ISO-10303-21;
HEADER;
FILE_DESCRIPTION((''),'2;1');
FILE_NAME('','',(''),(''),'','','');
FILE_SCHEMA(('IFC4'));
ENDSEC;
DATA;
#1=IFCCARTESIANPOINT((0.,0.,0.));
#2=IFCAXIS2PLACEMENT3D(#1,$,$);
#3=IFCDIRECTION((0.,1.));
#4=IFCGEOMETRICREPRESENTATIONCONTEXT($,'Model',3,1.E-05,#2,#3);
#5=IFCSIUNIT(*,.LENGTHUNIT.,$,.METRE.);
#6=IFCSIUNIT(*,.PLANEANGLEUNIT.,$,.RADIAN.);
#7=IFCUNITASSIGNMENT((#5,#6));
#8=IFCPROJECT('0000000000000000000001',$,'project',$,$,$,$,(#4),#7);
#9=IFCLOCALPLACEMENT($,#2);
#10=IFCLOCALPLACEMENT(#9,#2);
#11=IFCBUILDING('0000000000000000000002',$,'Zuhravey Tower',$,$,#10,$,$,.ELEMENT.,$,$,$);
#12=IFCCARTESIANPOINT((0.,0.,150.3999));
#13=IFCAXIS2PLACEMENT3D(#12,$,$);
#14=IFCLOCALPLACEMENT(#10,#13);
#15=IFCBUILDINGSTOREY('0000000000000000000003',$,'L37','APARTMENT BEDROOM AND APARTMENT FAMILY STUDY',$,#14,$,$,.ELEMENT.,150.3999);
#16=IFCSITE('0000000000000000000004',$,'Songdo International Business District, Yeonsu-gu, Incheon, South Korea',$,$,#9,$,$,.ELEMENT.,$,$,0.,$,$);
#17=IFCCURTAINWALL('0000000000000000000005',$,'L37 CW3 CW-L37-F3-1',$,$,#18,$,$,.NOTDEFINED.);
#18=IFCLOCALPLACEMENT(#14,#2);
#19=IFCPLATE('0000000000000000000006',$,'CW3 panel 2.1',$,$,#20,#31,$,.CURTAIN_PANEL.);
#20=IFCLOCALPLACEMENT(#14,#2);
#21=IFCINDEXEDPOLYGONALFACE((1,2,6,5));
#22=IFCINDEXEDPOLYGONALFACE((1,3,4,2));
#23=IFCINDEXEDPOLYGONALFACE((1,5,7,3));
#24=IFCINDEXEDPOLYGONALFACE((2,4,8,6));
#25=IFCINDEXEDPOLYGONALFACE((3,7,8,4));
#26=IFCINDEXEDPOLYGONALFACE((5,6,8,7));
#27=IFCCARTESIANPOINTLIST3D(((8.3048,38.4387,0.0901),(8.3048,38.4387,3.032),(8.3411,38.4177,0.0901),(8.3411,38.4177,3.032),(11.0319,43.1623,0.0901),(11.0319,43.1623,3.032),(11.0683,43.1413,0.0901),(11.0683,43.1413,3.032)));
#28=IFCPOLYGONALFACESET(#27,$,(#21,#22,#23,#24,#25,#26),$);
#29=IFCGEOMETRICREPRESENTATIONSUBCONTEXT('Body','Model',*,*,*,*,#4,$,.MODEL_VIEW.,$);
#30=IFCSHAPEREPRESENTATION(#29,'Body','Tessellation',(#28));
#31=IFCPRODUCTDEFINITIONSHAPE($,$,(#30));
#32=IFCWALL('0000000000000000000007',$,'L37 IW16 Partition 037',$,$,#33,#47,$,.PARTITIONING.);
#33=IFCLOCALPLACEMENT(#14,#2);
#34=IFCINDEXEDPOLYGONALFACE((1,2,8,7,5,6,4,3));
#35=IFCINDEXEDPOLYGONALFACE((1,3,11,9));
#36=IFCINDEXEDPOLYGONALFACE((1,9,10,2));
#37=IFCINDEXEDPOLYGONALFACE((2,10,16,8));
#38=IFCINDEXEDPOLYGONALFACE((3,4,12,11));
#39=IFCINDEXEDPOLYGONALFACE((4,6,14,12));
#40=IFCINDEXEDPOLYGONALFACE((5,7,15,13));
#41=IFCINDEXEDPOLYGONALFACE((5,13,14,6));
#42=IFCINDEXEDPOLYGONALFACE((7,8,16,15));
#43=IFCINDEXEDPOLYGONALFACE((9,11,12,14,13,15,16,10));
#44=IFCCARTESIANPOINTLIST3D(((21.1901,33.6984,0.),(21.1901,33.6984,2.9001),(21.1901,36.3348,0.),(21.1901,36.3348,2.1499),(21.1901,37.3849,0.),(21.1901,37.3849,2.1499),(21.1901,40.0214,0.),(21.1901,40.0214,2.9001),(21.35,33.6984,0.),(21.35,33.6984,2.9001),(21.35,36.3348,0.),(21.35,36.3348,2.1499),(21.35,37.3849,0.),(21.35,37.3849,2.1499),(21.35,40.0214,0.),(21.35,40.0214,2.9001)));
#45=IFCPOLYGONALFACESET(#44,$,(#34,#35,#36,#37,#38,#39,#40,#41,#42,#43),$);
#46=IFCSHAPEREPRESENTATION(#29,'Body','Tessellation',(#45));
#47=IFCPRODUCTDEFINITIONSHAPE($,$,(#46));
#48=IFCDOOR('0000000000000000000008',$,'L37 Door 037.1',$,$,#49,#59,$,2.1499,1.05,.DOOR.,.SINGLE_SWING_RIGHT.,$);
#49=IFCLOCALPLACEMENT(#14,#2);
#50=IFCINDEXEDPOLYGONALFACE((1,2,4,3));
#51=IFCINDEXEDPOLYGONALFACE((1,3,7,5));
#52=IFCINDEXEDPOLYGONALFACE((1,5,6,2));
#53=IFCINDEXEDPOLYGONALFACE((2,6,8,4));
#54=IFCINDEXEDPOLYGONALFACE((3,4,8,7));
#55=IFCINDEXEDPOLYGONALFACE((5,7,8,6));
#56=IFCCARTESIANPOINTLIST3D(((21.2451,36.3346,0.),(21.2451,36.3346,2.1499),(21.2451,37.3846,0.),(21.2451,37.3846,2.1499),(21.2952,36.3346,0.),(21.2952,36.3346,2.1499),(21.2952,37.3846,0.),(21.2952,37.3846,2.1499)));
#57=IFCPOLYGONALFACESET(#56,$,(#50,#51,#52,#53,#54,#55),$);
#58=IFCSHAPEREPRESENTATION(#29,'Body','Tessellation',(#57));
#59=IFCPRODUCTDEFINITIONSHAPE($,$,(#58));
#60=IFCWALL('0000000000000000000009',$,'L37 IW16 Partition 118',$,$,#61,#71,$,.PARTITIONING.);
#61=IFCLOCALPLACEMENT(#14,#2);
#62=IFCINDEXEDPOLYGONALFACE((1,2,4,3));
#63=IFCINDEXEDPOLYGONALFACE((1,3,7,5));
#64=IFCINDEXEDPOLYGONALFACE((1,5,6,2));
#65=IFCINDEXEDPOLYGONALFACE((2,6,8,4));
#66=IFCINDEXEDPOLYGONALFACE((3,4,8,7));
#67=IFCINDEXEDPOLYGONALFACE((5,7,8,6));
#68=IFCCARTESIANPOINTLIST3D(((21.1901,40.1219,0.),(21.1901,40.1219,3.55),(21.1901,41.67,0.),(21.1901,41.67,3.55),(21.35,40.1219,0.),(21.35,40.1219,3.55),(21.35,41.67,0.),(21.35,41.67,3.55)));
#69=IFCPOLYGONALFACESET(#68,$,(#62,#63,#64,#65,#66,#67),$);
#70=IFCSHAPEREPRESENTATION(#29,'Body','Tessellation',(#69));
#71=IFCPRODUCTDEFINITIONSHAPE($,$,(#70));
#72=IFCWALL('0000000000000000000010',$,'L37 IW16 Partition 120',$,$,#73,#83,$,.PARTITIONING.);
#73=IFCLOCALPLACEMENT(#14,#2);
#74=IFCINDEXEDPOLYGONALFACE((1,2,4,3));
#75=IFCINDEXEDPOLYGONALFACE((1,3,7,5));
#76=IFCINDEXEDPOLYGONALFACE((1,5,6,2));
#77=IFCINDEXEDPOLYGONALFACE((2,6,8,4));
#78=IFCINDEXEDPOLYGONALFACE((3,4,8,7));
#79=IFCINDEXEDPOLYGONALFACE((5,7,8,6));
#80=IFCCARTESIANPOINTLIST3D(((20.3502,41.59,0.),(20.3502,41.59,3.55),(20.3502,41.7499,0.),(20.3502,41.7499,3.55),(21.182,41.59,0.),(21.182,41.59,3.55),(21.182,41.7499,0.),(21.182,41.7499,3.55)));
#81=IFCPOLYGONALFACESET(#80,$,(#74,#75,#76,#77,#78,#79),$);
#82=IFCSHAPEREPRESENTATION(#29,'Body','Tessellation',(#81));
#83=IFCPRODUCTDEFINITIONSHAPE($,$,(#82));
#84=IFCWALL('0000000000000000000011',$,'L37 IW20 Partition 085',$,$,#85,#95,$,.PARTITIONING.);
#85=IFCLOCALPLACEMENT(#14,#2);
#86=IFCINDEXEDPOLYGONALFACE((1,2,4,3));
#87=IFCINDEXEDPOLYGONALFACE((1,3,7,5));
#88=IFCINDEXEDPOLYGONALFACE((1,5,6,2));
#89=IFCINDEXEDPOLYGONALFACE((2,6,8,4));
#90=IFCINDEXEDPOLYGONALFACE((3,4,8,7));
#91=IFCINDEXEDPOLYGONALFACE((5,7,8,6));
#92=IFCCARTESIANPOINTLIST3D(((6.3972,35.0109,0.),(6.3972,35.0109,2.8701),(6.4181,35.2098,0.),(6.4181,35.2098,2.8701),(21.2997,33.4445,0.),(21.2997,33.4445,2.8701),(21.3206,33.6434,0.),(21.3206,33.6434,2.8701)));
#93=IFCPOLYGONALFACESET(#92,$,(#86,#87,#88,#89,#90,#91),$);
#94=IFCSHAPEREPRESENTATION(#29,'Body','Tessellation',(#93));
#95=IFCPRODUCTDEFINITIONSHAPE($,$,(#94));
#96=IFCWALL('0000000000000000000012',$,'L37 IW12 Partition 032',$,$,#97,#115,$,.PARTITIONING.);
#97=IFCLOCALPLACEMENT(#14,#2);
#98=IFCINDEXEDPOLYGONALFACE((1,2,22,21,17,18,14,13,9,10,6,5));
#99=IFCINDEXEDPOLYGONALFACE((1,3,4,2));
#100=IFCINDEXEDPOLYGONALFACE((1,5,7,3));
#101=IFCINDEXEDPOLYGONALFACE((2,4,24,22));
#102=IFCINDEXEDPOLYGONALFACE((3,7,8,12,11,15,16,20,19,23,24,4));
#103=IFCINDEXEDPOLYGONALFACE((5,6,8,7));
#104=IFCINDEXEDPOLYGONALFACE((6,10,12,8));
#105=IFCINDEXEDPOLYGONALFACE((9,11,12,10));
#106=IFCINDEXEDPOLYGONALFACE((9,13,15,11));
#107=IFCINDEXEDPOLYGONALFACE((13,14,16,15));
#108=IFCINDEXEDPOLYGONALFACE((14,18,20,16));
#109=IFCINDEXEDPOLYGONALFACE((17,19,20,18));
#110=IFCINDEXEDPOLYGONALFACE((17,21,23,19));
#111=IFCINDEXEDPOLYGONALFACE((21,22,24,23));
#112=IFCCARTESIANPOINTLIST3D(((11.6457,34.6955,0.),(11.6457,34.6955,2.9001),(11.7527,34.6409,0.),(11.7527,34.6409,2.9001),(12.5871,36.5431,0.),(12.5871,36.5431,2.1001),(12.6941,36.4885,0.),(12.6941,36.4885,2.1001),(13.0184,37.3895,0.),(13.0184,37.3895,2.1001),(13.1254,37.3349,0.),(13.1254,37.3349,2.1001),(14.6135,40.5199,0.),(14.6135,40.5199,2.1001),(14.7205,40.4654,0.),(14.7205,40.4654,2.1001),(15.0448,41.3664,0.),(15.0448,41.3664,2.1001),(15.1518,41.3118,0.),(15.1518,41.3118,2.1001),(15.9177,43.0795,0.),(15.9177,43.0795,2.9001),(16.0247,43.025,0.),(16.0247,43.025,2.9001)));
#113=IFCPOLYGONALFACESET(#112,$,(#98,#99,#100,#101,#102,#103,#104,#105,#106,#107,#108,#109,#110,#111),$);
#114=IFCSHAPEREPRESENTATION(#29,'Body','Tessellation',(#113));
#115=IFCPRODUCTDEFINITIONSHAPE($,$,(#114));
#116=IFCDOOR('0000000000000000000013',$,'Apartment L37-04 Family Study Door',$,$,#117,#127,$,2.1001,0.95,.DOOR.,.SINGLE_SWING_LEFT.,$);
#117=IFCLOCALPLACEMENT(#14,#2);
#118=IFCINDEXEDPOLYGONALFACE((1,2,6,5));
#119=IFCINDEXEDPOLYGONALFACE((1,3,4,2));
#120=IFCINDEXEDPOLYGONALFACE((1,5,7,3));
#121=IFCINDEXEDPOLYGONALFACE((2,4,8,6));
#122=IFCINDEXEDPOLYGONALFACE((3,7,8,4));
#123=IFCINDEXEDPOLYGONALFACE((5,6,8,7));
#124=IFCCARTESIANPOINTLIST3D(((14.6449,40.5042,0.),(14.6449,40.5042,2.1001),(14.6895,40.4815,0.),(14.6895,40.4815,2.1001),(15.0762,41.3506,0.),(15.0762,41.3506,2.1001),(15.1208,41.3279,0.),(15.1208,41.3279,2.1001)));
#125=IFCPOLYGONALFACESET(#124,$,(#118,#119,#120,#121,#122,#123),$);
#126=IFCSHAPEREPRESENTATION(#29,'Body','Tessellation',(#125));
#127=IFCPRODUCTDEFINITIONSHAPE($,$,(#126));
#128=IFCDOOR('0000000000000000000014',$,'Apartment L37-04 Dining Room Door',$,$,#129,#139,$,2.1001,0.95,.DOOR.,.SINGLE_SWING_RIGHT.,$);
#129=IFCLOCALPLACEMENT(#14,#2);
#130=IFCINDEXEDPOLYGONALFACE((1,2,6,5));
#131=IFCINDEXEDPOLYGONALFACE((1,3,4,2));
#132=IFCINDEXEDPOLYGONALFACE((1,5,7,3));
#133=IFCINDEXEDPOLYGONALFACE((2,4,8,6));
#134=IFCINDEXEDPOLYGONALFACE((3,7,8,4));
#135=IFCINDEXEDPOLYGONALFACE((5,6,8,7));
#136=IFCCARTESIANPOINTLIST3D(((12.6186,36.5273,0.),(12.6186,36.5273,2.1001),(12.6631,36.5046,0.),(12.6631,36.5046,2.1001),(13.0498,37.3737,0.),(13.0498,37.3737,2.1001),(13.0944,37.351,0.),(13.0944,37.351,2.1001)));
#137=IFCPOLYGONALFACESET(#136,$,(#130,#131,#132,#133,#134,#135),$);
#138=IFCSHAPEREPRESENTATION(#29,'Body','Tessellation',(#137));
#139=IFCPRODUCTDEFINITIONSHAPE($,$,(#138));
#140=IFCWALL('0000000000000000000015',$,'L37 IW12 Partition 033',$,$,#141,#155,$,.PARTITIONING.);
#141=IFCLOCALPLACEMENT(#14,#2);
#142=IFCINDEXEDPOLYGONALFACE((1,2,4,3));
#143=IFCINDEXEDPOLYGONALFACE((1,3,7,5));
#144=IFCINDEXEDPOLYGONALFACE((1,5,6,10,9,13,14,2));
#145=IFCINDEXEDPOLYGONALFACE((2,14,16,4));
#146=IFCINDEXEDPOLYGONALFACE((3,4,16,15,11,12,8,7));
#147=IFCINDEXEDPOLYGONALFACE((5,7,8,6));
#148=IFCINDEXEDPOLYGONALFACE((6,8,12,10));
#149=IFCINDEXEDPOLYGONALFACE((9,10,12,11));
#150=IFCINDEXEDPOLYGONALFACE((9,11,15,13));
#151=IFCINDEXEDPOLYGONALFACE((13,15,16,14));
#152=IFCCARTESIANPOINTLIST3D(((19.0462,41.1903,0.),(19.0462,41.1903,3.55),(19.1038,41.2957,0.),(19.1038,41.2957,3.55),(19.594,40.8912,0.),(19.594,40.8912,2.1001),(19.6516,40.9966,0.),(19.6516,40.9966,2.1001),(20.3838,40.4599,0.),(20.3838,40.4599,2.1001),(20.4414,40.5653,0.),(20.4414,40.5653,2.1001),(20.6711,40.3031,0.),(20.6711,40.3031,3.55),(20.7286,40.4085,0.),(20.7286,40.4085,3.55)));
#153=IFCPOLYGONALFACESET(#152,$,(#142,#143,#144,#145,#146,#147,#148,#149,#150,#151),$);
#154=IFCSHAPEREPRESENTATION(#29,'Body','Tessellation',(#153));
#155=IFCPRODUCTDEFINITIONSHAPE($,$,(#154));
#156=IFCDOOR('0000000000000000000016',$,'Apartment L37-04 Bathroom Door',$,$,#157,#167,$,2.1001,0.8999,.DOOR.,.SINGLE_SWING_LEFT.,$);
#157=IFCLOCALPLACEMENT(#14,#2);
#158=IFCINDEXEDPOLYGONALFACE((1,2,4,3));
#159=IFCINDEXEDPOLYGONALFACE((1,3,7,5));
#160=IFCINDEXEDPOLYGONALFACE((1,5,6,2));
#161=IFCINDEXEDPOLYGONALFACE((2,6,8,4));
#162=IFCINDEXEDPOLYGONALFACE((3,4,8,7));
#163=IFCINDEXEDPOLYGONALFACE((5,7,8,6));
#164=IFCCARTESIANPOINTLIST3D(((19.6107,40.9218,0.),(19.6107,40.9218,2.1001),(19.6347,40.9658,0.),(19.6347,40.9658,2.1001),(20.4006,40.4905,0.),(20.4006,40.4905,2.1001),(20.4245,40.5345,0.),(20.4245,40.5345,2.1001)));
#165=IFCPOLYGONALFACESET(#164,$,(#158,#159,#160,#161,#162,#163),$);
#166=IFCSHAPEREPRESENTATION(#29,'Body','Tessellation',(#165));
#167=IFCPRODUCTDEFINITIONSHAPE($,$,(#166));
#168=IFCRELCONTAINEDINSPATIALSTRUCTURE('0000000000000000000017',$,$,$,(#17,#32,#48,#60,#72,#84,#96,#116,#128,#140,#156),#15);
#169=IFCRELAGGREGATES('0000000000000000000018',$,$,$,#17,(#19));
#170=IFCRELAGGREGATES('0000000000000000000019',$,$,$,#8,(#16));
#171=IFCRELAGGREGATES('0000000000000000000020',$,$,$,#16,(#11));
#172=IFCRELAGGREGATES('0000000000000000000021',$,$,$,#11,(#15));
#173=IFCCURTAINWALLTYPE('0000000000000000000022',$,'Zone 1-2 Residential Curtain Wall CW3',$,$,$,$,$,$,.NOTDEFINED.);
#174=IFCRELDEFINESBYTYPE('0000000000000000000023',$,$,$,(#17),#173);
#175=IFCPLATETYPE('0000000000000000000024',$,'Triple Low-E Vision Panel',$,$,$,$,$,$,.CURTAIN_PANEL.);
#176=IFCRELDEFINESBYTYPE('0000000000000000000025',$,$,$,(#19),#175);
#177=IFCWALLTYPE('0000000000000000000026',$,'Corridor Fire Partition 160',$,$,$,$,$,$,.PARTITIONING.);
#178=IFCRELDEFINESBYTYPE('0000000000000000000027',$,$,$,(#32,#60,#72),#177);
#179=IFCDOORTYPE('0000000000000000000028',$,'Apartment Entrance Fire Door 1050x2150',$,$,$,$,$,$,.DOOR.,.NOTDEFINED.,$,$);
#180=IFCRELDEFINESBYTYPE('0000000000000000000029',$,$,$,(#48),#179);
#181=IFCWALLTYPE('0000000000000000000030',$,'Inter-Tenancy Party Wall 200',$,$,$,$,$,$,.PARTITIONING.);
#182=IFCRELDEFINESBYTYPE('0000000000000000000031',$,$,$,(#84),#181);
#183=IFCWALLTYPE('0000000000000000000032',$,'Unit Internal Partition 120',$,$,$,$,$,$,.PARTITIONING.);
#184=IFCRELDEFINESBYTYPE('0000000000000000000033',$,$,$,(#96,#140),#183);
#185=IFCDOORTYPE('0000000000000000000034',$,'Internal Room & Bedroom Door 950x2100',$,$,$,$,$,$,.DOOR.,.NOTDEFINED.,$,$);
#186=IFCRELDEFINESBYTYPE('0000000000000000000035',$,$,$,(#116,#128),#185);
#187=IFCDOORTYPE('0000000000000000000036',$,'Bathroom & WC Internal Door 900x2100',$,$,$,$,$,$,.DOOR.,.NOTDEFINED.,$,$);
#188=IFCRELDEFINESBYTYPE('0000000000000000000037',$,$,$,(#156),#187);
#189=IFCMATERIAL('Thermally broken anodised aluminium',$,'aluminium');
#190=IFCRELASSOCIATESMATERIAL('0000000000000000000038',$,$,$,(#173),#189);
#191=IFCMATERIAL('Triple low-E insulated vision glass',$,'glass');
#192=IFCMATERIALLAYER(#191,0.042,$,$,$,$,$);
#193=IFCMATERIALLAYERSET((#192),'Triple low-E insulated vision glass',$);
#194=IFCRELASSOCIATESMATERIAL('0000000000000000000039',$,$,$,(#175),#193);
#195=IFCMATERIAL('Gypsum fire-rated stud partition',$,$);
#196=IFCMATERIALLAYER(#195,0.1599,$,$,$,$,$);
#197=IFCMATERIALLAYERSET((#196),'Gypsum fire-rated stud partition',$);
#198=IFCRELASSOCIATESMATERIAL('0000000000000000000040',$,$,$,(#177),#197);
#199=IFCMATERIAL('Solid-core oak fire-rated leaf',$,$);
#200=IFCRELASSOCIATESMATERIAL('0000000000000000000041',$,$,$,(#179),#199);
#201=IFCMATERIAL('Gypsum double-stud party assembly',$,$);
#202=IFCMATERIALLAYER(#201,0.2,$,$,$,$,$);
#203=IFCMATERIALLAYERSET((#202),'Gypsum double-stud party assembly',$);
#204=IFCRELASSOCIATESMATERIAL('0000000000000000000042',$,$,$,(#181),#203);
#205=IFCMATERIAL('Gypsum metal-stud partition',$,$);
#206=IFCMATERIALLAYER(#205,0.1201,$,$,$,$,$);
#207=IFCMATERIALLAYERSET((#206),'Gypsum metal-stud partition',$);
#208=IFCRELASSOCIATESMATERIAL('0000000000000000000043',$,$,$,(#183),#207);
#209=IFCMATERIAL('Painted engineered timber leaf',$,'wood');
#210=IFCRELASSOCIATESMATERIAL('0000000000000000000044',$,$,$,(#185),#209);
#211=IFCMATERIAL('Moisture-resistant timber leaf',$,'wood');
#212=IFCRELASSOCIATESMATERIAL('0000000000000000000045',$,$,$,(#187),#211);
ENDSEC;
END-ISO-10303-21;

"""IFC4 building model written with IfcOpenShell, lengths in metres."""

from ifc_helpers import new_model, si_unit, direction, frame, frame_2d, origin, origin_2d, place, context, subcontext, project, spatial, rectangle, extrude, material, layer, layer_set, type_object, element, fill, aggregate, save


model = new_model("IFC4")

# Units and contexts
model_context = context("Model", 3, precision=1e-05, world=origin(), true_north=direction((0.0, 1.0)))
body_context = subcontext(model_context, "Body", "Model", "MODEL_VIEW")
ifc_project = project(units=[si_unit("LENGTHUNIT", "METRE"), si_unit("PLANEANGLEUNIT", "RADIAN")], contexts=[model_context])

# Site, building, storey
site_placement = place(None, origin())
site = spatial("IfcSite", under=ifc_project, at=site_placement, Name="Songdo International Business District, Yeonsu-gu, Incheon, South Korea", CompositionType="ELEMENT", RefElevation=0.0)
building_placement = place(site_placement, origin())
building = spatial("IfcBuilding", under=site, at=building_placement, Name="Zuhravey Tower", CompositionType="ELEMENT")
storey_placement = place(building_placement, frame((0.0, 0.0, 150.3999)))
storey = spatial("IfcBuildingStorey", under=building, at=storey_placement, Name="L37", Description="APARTMENT BEDROOM AND APARTMENT FAMILY STUDY", CompositionType="ELEMENT", Elevation=150.3999)

# Curtain wall
ifc_material_1 = material(Name="Thermally broken anodised aluminium", Category="aluminium")
curtain_wall_type = type_object("IfcCurtainWallType", Name="Zone 1-2 Residential Curtain Wall CW3", PredefinedType="NOTDEFINED", material=ifc_material_1)
curtain_wall_placement = place(storey_placement, origin())
curtain_wall = element("IfcCurtainWall", 1, at=curtain_wall_placement, inside=storey, type_object=curtain_wall_type, Name="L37 CW3 CW-L37-F3-1", PredefinedType="NOTDEFINED")

# Plate
ifc_material_2 = material(Name="Triple low-E insulated vision glass", Category="glass")
ifc_layer_1 = layer(ifc_material_2, 0.042)
ifc_layer_set_1 = layer_set([ifc_layer_1], Name="Triple low-E insulated vision glass")
plate_type = type_object("IfcPlateType", Name="Triple Low-E Vision Panel", PredefinedType="CURTAIN_PANEL", material=ifc_layer_set_1)
plate_1_placement = place(storey_placement, frame((9.6865, 40.79, 0.0901), z_axis=(0.0, 0.0, 1.0), x_axis=(0.5, 0.866025, 0.0)))
plate_1 = element("IfcPlate", 2, at=plate_1_placement, type_object=plate_type, Name="CW3 panel 2.1", PredefinedType="CURTAIN_PANEL", context=body_context, shape_type="SweptSolid", body=[
    extrude(rectangle(XDim=5.4543, YDim=0.042, at=origin_2d()), origin(), (0.0, 0.0, 1.0), 2.9419),
])
aggregate(curtain_wall, [plate_1])

# Wall, opening, door
ifc_material_3 = material(Name="Gypsum fire-rated stud partition")
ifc_layer_2 = layer(ifc_material_3, 0.1599)
ifc_layer_set_2 = layer_set([ifc_layer_2], Name="Gypsum fire-rated stud partition")
wall_type_1 = type_object("IfcWallType", Name="Corridor Fire Partition 160", PredefinedType="PARTITIONING", material=ifc_layer_set_2)
wall_1_placement = place(storey_placement, frame((21.27, 40.0215, 0.0), z_axis=(0.0, 0.0, 1.0), x_axis=(0.0, -1.0, 0.0)))
wall_1 = element("IfcWall", 3, at=wall_1_placement, inside=storey, type_object=wall_type_1, Name="L37 IW16 Partition 037", PredefinedType="PARTITIONING", context=body_context, shape_type="SweptSolid", body=[
    extrude(rectangle(XDim=6.323, YDim=0.1599, at=frame_2d((3.1616, 0.0))), origin(), (0.0, 0.0, 1.0), 2.9001),
])
opening_1_placement = place(wall_1_placement, frame((2.6367, 0.0, 0.0)))
opening_1 = element("IfcOpeningElement", 4, at=opening_1_placement, cuts=wall_1, PredefinedType="OPENING", context=body_context, shape_type="SweptSolid", body=[
    extrude(rectangle(XDim=1.05, YDim=2.1499, at=frame_2d((0.5249, 1.075))), frame((0.0, 0.092, 0.0), z_axis=(0.0, -1.0, 0.0), x_axis=(1.0, 0.0, 0.0)), (0.0, 0.0, 1.0), 0.1838),
])
ifc_material_4 = material(Name="Solid-core oak fire-rated leaf")
door_type_1 = type_object("IfcDoorType", Name="Apartment Entrance Fire Door 1050x2150", OperationType="NOTDEFINED", PredefinedType="DOOR", material=ifc_material_4)
door_1_placement = place(opening_1_placement, frame((1.05, 0.0, 0.0), z_axis=(0.0, 0.0, 1.0), x_axis=(-1.0, 0.0, 0.0)))
door_1 = element("IfcDoor", 5, at=door_1_placement, inside=storey, type_object=door_type_1, Name="L37 Door 037.1", OperationType="SINGLE_SWING_RIGHT", OverallHeight=2.1499, OverallWidth=1.05, PredefinedType="DOOR", context=body_context, shape_type="SweptSolid", body=[
    extrude(rectangle(XDim=1.05, YDim=2.1499, at=frame_2d((0.5249, 1.075))), frame((0.0, 0.0249, 0.0), z_axis=(0.0, -1.0, 0.0), x_axis=(1.0, 0.0, 0.0)), (0.0, 0.0, 1.0), 0.05),
])
fill(opening_1, door_1)

# Walls
wall_2_placement = place(storey_placement, frame((21.27, 41.6699, 0.0), z_axis=(0.0, 0.0, 1.0), x_axis=(0.0, -1.0, 0.0)))
element("IfcWall", 6, at=wall_2_placement, inside=storey, type_object=wall_type_1, Name="L37 IW16 Partition 118", PredefinedType="PARTITIONING", context=body_context, shape_type="SweptSolid", body=[
    extrude(rectangle(XDim=1.5481, YDim=0.1599, at=frame_2d((0.7739, 0.0))), origin(), (0.0, 0.0, 1.0), 3.55),
])
wall_3_placement = place(storey_placement, frame((20.3501, 41.6699, 0.0), z_axis=(0.0, 0.0, 1.0), x_axis=(1.0, 0.0, 0.0)))
element("IfcWall", 7, at=wall_3_placement, inside=storey, type_object=wall_type_1, Name="L37 IW16 Partition 120", PredefinedType="PARTITIONING", context=body_context, shape_type="SweptSolid", body=[
    extrude(rectangle(XDim=0.8318, YDim=0.1599, at=frame_2d((0.416, 0.0))), origin(), (0.0, 0.0, 1.0), 3.55),
])
ifc_material_5 = material(Name="Gypsum double-stud party assembly")
ifc_layer_3 = layer(ifc_material_5, 0.2)
ifc_layer_set_3 = layer_set([ifc_layer_3], Name="Gypsum double-stud party assembly")
wall_type_2 = type_object("IfcWallType", Name="Inter-Tenancy Party Wall 200", PredefinedType="PARTITIONING", material=ifc_layer_set_3)
wall_4_placement = place(storey_placement, frame((21.3101, 33.5439, 0.0), z_axis=(0.0, 0.0, 1.0), x_axis=(-0.994521, 0.104534, 0.0)))
element("IfcWall", 8, at=wall_4_placement, inside=storey, type_object=wall_type_2, Name="L37 IW20 Partition 085", PredefinedType="PARTITIONING", context=body_context, shape_type="SweptSolid", body=[
    extrude(rectangle(XDim=14.9846, YDim=0.2, at=frame_2d((7.4922, 0.0))), origin(), (0.0, 0.0, 1.0), 2.8701),
])

# Wall, openings, doors
ifc_material_6 = material(Name="Gypsum metal-stud partition")
ifc_layer_4 = layer(ifc_material_6, 0.1201)
ifc_layer_set_4 = layer_set([ifc_layer_4], Name="Gypsum metal-stud partition")
wall_type_3 = type_object("IfcWallType", Name="Unit Internal Partition 120", PredefinedType="PARTITIONING", material=ifc_layer_set_4)
wall_5_placement = place(storey_placement, frame((15.9712, 43.0522, 0.0), z_axis=(0.0, 0.0, 1.0), x_axis=(-0.453998, -0.891002, 0.0)))
wall_5 = element("IfcWall", 9, at=wall_5_placement, inside=storey, type_object=wall_type_3, Name="L37 IW12 Partition 032", PredefinedType="PARTITIONING", context=body_context, shape_type="SweptSolid", body=[
    extrude(rectangle(XDim=9.4097, YDim=0.1201, at=frame_2d((4.7048, 0.0))), origin(), (0.0, 0.0, 1.0), 2.9001),
])
opening_2_placement = place(wall_5_placement, frame((1.9226, 0.0, 0.0)))
opening_2 = element("IfcOpeningElement", 10, at=opening_2_placement, cuts=wall_5, PredefinedType="OPENING", context=body_context, shape_type="SweptSolid", body=[
    extrude(rectangle(XDim=0.95, YDim=2.1001, at=frame_2d((0.4751, 1.05))), frame((0.0, 0.072, 0.0), z_axis=(0.0, -1.0, 0.0), x_axis=(1.0, 0.0, 0.0)), (0.0, 0.0, 1.0), 0.144),
])
opening_3_placement = place(wall_5_placement, frame((6.386, 0.0, 0.0)))
opening_3 = element("IfcOpeningElement", 11, at=opening_3_placement, cuts=wall_5, PredefinedType="OPENING", context=body_context, shape_type="SweptSolid", body=[
    extrude(rectangle(XDim=0.95, YDim=2.1001, at=frame_2d((0.4751, 1.05))), frame((0.0, 0.072, 0.0), z_axis=(0.0, -1.0, 0.0), x_axis=(1.0, 0.0, 0.0)), (0.0, 0.0, 1.0), 0.144),
])
ifc_material_7 = material(Name="Painted engineered timber leaf", Category="wood")
door_type_2 = type_object("IfcDoorType", Name="Internal Room & Bedroom Door 950x2100", OperationType="NOTDEFINED", PredefinedType="DOOR", material=ifc_material_7)
door_2_placement = place(opening_2_placement, frame((0.95, 0.0, 0.0), z_axis=(0.0, 0.0, 1.0), x_axis=(-1.0, 0.0, 0.0)))
door_2 = element("IfcDoor", 12, at=door_2_placement, inside=storey, type_object=door_type_2, Name="Apartment L37-04 Family Study Door", OperationType="SINGLE_SWING_LEFT", OverallHeight=2.1001, OverallWidth=0.95, PredefinedType="DOOR", context=body_context, shape_type="SweptSolid", body=[
    extrude(rectangle(XDim=0.95, YDim=2.1001, at=frame_2d((0.4751, 1.05))), frame((0.0, 0.0249, 0.0), z_axis=(0.0, -1.0, 0.0), x_axis=(1.0, 0.0, 0.0)), (0.0, 0.0, 1.0), 0.05),
])
fill(opening_2, door_2)
door_3_placement = place(opening_3_placement, frame((0.95, 0.0, 0.0), z_axis=(0.0, 0.0, 1.0), x_axis=(-1.0, 0.0, 0.0)))
door_3 = element("IfcDoor", 13, at=door_3_placement, inside=storey, type_object=door_type_2, Name="Apartment L37-04 Dining Room Door", OperationType="SINGLE_SWING_RIGHT", OverallHeight=2.1001, OverallWidth=0.95, PredefinedType="DOOR", context=body_context, shape_type="SweptSolid", body=[
    extrude(rectangle(XDim=0.95, YDim=2.1001, at=frame_2d((0.4751, 1.05))), frame((0.0, 0.0249, 0.0), z_axis=(0.0, -1.0, 0.0), x_axis=(1.0, 0.0, 0.0)), (0.0, 0.0, 1.0), 0.05),
])
fill(opening_3, door_3)

# Wall, opening, door
wall_6_placement = place(storey_placement, frame((20.7, 40.3557, 0.0), z_axis=(0.0, 0.0, 1.0), x_axis=(-0.877674, 0.479259, 0.0)))
wall_6 = element("IfcWall", 14, at=wall_6_placement, inside=storey, type_object=wall_type_3, Name="L37 IW12 Partition 033", PredefinedType="PARTITIONING", context=body_context, shape_type="SweptSolid", body=[
    extrude(rectangle(XDim=1.8513, YDim=0.1201, at=frame_2d((0.9258, 0.0))), origin(), (0.0, 0.0, 1.0), 3.55),
])
opening_4_placement = place(wall_6_placement, frame((0.3274, 0.0, 0.0)))
opening_4 = element("IfcOpeningElement", 15, at=opening_4_placement, cuts=wall_6, PredefinedType="OPENING", context=body_context, shape_type="SweptSolid", body=[
    extrude(rectangle(XDim=0.8999, YDim=2.1001, at=frame_2d((0.45, 1.05))), frame((0.0, 0.072, 0.0), z_axis=(0.0, -1.0, 0.0), x_axis=(1.0, 0.0, 0.0)), (0.0, 0.0, 1.0), 0.144),
])
ifc_material_8 = material(Name="Moisture-resistant timber leaf", Category="wood")
door_type_3 = type_object("IfcDoorType", Name="Bathroom & WC Internal Door 900x2100", OperationType="NOTDEFINED", PredefinedType="DOOR", material=ifc_material_8)
door_4_placement = place(opening_4_placement, frame((0.8999, 0.0, 0.0), z_axis=(0.0, 0.0, 1.0), x_axis=(-1.0, 0.0, 0.0)))
door_4 = element("IfcDoor", 16, at=door_4_placement, inside=storey, type_object=door_type_3, Name="Apartment L37-04 Bathroom Door", OperationType="SINGLE_SWING_LEFT", OverallHeight=2.1001, OverallWidth=0.8999, PredefinedType="DOOR", context=body_context, shape_type="SweptSolid", body=[
    extrude(rectangle(XDim=0.8999, YDim=2.1001, at=frame_2d((0.45, 1.05))), frame((0.0, 0.0249, 0.0), z_axis=(0.0, -1.0, 0.0), x_axis=(1.0, 0.0, 0.0)), (0.0, 0.0, 1.0), 0.05),
])
fill(opening_4, door_4)

save(model, "model.ifc")
